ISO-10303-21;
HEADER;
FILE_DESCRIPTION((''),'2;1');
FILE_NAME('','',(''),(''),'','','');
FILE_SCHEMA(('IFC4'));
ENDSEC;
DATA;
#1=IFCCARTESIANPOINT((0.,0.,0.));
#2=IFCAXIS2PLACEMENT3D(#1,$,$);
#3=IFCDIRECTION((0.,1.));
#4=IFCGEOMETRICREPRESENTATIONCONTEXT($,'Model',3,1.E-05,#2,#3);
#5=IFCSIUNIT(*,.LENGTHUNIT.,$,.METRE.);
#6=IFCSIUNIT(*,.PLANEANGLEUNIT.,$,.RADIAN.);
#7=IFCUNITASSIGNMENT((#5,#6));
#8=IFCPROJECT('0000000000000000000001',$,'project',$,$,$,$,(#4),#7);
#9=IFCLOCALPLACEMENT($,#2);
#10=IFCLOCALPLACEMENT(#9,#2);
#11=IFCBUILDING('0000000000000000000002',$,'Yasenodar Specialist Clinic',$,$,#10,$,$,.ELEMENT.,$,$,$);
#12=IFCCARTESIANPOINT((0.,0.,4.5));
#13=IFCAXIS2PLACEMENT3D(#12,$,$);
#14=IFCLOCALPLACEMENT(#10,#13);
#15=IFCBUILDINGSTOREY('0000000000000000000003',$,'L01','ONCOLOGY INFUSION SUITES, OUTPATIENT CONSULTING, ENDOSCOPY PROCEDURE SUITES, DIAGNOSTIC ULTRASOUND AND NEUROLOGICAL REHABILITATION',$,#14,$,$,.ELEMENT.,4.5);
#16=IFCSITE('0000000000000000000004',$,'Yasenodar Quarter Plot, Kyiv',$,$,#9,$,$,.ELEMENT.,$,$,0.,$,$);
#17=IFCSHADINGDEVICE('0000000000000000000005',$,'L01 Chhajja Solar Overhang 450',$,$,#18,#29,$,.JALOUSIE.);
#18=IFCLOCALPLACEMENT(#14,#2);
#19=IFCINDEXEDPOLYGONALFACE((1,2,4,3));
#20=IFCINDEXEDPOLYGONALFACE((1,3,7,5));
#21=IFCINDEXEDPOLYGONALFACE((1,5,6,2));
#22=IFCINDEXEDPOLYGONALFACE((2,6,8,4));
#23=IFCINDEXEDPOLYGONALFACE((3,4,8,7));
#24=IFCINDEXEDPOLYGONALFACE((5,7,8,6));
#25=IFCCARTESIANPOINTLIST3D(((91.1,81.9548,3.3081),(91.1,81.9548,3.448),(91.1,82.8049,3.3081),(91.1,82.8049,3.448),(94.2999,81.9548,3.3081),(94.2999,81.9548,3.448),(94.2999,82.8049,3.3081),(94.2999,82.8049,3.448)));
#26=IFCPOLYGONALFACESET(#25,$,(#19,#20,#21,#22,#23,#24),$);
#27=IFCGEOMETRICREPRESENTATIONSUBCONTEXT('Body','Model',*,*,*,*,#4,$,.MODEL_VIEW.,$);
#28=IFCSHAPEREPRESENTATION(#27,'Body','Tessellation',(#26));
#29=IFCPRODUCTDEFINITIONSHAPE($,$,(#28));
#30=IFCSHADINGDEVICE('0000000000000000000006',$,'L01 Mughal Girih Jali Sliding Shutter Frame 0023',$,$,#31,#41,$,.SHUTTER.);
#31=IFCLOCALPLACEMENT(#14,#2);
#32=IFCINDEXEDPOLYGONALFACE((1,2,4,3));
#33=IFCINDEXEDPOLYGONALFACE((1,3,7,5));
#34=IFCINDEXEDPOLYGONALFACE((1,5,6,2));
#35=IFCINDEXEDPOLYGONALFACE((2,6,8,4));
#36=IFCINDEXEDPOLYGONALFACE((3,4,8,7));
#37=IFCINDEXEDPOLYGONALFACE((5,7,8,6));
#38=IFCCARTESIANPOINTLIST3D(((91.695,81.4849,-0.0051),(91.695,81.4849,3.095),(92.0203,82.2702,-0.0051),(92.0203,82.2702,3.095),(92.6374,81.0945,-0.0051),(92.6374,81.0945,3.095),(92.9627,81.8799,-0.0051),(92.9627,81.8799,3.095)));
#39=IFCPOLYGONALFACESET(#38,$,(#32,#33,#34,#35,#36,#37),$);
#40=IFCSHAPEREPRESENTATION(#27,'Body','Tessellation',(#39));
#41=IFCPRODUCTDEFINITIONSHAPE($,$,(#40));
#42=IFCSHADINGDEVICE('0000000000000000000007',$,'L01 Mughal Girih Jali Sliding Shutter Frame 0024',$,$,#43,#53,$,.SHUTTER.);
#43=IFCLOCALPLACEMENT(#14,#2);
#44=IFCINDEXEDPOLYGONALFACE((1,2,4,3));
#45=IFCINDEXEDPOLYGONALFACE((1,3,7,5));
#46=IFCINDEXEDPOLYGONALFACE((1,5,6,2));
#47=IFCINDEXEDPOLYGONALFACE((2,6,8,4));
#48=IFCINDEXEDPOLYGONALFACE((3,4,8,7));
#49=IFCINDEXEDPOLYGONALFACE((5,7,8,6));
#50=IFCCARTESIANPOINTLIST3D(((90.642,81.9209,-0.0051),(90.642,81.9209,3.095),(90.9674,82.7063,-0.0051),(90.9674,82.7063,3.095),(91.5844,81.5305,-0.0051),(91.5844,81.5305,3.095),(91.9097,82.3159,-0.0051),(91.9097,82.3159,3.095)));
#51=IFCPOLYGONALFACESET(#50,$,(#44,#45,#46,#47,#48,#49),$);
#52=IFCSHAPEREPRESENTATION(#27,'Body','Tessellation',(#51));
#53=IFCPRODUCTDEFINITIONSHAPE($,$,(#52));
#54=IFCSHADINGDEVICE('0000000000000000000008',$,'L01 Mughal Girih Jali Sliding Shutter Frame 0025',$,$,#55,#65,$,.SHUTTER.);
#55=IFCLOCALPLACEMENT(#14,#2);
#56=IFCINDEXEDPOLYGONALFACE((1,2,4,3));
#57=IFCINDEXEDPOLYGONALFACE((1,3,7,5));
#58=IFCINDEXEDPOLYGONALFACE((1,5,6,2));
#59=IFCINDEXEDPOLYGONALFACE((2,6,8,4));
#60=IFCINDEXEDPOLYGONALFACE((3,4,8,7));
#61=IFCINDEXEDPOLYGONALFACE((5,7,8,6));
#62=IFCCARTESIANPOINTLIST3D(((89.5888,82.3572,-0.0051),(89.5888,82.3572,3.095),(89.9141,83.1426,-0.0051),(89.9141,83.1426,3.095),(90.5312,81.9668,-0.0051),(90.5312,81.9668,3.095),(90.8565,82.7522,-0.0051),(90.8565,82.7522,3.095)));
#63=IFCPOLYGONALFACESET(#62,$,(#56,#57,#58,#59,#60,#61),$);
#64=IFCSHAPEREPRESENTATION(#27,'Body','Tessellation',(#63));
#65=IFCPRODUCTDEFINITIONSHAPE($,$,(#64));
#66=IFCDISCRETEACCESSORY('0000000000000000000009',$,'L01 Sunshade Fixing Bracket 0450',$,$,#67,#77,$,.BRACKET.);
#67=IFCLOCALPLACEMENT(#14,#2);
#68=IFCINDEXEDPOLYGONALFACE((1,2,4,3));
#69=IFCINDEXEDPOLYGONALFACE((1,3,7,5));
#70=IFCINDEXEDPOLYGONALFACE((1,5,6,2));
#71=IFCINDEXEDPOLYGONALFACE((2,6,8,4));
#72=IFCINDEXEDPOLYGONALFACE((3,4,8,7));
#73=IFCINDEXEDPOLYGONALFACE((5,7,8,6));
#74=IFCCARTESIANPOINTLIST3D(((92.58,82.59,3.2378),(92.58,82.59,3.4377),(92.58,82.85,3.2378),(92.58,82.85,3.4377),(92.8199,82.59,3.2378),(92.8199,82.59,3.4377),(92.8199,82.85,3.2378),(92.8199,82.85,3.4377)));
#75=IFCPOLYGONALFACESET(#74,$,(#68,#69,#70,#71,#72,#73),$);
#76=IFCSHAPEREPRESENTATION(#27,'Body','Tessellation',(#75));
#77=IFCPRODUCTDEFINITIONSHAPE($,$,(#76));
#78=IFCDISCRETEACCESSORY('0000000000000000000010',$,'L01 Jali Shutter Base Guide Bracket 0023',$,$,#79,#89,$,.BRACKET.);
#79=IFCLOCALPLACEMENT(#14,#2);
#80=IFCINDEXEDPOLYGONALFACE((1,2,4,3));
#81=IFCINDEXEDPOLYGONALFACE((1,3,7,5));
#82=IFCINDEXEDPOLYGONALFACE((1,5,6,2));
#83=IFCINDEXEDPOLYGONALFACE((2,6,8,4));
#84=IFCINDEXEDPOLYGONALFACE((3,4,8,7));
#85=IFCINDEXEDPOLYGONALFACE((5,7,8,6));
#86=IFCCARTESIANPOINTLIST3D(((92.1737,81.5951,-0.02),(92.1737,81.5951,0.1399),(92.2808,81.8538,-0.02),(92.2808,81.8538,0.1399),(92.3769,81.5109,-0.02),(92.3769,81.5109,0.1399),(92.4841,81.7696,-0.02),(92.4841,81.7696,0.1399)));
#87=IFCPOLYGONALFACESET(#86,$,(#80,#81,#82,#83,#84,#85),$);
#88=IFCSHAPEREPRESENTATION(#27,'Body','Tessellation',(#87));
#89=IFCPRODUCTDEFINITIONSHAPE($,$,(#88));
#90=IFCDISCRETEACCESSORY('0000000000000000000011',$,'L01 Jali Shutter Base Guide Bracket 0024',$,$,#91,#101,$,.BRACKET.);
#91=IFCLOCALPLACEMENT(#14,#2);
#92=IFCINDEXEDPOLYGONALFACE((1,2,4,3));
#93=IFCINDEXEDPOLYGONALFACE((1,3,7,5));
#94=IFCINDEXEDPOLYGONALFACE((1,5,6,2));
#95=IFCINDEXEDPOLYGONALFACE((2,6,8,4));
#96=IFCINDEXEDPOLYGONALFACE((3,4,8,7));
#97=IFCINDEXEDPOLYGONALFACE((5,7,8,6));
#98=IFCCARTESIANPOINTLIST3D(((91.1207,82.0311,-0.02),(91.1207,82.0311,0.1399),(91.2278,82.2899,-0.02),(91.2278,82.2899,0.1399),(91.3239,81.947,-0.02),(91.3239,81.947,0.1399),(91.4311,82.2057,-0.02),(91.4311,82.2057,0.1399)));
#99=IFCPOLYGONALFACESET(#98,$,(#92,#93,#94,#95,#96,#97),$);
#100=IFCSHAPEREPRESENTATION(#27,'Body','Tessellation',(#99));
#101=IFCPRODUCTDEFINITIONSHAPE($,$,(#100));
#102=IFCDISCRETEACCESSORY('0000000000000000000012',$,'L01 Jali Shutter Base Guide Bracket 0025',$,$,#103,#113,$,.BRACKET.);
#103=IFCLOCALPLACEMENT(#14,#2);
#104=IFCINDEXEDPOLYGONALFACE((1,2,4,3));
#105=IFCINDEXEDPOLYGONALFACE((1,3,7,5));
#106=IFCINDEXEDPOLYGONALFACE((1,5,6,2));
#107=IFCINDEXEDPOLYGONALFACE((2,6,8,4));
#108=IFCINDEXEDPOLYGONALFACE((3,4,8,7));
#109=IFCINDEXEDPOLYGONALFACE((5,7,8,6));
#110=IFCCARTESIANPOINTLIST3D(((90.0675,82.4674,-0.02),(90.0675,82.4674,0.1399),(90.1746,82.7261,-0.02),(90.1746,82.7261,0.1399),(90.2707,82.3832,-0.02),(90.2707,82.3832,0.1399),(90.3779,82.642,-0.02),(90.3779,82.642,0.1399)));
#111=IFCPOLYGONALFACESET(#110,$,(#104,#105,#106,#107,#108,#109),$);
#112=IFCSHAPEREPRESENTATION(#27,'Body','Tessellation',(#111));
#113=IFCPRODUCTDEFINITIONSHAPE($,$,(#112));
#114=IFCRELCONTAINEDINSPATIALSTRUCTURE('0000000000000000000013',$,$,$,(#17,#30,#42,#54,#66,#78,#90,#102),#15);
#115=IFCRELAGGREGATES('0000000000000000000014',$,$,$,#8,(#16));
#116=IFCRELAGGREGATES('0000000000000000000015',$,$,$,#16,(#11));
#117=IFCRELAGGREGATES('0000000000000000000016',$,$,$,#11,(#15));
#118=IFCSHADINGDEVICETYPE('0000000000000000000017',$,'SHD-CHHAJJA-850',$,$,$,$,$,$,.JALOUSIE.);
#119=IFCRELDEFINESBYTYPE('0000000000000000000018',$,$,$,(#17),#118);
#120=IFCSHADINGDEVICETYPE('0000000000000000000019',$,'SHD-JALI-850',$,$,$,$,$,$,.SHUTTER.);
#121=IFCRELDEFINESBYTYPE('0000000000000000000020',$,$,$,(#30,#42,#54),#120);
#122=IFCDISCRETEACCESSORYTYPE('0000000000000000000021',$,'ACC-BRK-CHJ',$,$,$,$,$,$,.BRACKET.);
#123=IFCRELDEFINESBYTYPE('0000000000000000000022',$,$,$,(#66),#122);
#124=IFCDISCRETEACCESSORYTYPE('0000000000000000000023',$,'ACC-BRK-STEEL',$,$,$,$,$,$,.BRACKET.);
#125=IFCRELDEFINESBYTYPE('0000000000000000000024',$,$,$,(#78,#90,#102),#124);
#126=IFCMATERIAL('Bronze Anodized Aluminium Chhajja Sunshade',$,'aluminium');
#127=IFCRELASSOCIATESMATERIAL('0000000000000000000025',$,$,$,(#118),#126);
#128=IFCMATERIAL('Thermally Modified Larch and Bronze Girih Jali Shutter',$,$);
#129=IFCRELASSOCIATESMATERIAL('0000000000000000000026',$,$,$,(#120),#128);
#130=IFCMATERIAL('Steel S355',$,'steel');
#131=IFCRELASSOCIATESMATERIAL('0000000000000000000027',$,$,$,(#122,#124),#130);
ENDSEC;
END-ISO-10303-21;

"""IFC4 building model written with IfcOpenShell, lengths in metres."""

from ifc_helpers import new_model, si_unit, direction, frame, origin, origin_2d, place, context, subcontext, project, spatial, rectangle, extrude, material, type_object, element, save


model = new_model("IFC4")

# Units and contexts
model_context = context("Model", 3, precision=1e-05, world=origin(), true_north=direction((0.0, 1.0)))
body_context = subcontext(model_context, "Body", "Model", "MODEL_VIEW")
ifc_project = project(units=[si_unit("LENGTHUNIT", "METRE"), si_unit("PLANEANGLEUNIT", "RADIAN")], contexts=[model_context])

# Site, building, storey
site_placement = place(None, origin())
site = spatial("IfcSite", under=ifc_project, at=site_placement, Name="Yasenodar Quarter Plot, Kyiv", CompositionType="ELEMENT", RefElevation=0.0)
building_placement = place(site_placement, origin())
building = spatial("IfcBuilding", under=site, at=building_placement, Name="Yasenodar Specialist Clinic", CompositionType="ELEMENT")
storey_placement = place(building_placement, frame((0.0, 0.0, 4.5)))
storey = spatial("IfcBuildingStorey", under=building, at=storey_placement, Name="L01", Description="ONCOLOGY INFUSION SUITES, OUTPATIENT CONSULTING, ENDOSCOPY PROCEDURE SUITES, DIAGNOSTIC ULTRASOUND AND NEUROLOGICAL REHABILITATION", CompositionType="ELEMENT", Elevation=4.5)

# Shared definitions
ifc_material_1 = material(Name="Steel S355", Category="steel")

# Shading devices
ifc_material_2 = material(Name="Bronze Anodized Aluminium Chhajja Sunshade", Category="aluminium")
shading_device_type_1 = type_object("IfcShadingDeviceType", Name="SHD-CHHAJJA-850", PredefinedType="JALOUSIE", material=ifc_material_2)
shading_device_placement = place(storey_placement, frame((92.7, 82.3799, 3.3081), z_axis=(0.0, 0.0, 1.0), x_axis=(-1.0, 0.0, 0.0)))
element("IfcShadingDevice", 1, at=shading_device_placement, inside=storey, type_object=shading_device_type_1, Name="L01 Chhajja Solar Overhang 450", PredefinedType="JALOUSIE", context=body_context, shape_type="SweptSolid", body=[
    extrude(rectangle(XDim=3.2, YDim=0.8501, at=origin_2d()), origin(), (0.0, 0.0, 1.0), 0.1399),
])
ifc_material_3 = material(Name="Thermally Modified Larch and Bronze Girih Jali Shutter")
shading_device_type_2 = type_object("IfcShadingDeviceType", Name="SHD-JALI-850", PredefinedType="SHUTTER", material=ifc_material_3)
for number, where, z_axis, x_axis, name in (
    (2, (92.3289, 81.6824, -0.0051), (0.0, 0.0, 1.0), (-0.923878, 0.382687, 0.0), "L01 Mughal Girih Jali Sliding Shutter Frame 0023"),
    (3, (91.2759, 82.1184, -0.0051), (0.0, 0.0, 1.0), (-0.923878, 0.382687, 0.0), "L01 Mughal Girih Jali Sliding Shutter Frame 0024"),
    (4, (90.2227, 82.5547, -0.0051), (0.0, 0.0, 1.0), (-0.923878, 0.382687, 0.0), "L01 Mughal Girih Jali Sliding Shutter Frame 0025"),
):
    element("IfcShadingDevice", number, at=place(storey_placement, frame(where, z_axis=z_axis, x_axis=x_axis)), inside=storey, type_object=shading_device_type_2, Name=name, PredefinedType="SHUTTER", context=body_context, shape_type="SweptSolid", body=[
        extrude(rectangle(XDim=1.02, YDim=0.8501, at=origin_2d()), origin(), (0.0, 0.0, 1.0), 3.1001),
    ])

# Discrete accessories
discrete_accessory_type_1 = type_object("IfcDiscreteAccessoryType", Name="ACC-BRK-CHJ", PredefinedType="BRACKET", material=ifc_material_1)
discrete_accessory_placement = place(storey_placement, frame((92.7, 82.72, 3.2378), z_axis=(0.0, 0.0, 1.0), x_axis=(-1.0, 0.0, 0.0)))
element("IfcDiscreteAccessory", 5, at=discrete_accessory_placement, inside=storey, type_object=discrete_accessory_type_1, Name="L01 Sunshade Fixing Bracket 0450", PredefinedType="BRACKET", context=body_context, shape_type="SweptSolid", body=[
    extrude(rectangle(XDim=0.24, YDim=0.26, at=origin_2d()), origin(), (0.0, 0.0, 1.0), 0.2),
])
discrete_accessory_type_2 = type_object("IfcDiscreteAccessoryType", Name="ACC-BRK-STEEL", PredefinedType="BRACKET", material=ifc_material_1)
for number, where, z_axis, x_axis, name in (
    (6, (92.3289, 81.6824, -0.02), (0.0, 0.0, 1.0), (-0.923878, 0.382687, 0.0), "L01 Jali Shutter Base Guide Bracket 0023"),
    (7, (91.2759, 82.1184, -0.02), (0.0, 0.0, 1.0), (-0.923878, 0.382687, 0.0), "L01 Jali Shutter Base Guide Bracket 0024"),
    (8, (90.2227, 82.5547, -0.02), (0.0, 0.0, 1.0), (-0.923878, 0.382687, 0.0), "L01 Jali Shutter Base Guide Bracket 0025"),
):
    element("IfcDiscreteAccessory", number, at=place(storey_placement, frame(where, z_axis=z_axis, x_axis=x_axis)), inside=storey, type_object=discrete_accessory_type_2, Name=name, PredefinedType="BRACKET", context=body_context, shape_type="SweptSolid", body=[
        extrude(rectangle(XDim=0.22, YDim=0.28, at=origin_2d()), origin(), (0.0, 0.0, 1.0), 0.1599),
    ])

save(model, "model.ifc")
